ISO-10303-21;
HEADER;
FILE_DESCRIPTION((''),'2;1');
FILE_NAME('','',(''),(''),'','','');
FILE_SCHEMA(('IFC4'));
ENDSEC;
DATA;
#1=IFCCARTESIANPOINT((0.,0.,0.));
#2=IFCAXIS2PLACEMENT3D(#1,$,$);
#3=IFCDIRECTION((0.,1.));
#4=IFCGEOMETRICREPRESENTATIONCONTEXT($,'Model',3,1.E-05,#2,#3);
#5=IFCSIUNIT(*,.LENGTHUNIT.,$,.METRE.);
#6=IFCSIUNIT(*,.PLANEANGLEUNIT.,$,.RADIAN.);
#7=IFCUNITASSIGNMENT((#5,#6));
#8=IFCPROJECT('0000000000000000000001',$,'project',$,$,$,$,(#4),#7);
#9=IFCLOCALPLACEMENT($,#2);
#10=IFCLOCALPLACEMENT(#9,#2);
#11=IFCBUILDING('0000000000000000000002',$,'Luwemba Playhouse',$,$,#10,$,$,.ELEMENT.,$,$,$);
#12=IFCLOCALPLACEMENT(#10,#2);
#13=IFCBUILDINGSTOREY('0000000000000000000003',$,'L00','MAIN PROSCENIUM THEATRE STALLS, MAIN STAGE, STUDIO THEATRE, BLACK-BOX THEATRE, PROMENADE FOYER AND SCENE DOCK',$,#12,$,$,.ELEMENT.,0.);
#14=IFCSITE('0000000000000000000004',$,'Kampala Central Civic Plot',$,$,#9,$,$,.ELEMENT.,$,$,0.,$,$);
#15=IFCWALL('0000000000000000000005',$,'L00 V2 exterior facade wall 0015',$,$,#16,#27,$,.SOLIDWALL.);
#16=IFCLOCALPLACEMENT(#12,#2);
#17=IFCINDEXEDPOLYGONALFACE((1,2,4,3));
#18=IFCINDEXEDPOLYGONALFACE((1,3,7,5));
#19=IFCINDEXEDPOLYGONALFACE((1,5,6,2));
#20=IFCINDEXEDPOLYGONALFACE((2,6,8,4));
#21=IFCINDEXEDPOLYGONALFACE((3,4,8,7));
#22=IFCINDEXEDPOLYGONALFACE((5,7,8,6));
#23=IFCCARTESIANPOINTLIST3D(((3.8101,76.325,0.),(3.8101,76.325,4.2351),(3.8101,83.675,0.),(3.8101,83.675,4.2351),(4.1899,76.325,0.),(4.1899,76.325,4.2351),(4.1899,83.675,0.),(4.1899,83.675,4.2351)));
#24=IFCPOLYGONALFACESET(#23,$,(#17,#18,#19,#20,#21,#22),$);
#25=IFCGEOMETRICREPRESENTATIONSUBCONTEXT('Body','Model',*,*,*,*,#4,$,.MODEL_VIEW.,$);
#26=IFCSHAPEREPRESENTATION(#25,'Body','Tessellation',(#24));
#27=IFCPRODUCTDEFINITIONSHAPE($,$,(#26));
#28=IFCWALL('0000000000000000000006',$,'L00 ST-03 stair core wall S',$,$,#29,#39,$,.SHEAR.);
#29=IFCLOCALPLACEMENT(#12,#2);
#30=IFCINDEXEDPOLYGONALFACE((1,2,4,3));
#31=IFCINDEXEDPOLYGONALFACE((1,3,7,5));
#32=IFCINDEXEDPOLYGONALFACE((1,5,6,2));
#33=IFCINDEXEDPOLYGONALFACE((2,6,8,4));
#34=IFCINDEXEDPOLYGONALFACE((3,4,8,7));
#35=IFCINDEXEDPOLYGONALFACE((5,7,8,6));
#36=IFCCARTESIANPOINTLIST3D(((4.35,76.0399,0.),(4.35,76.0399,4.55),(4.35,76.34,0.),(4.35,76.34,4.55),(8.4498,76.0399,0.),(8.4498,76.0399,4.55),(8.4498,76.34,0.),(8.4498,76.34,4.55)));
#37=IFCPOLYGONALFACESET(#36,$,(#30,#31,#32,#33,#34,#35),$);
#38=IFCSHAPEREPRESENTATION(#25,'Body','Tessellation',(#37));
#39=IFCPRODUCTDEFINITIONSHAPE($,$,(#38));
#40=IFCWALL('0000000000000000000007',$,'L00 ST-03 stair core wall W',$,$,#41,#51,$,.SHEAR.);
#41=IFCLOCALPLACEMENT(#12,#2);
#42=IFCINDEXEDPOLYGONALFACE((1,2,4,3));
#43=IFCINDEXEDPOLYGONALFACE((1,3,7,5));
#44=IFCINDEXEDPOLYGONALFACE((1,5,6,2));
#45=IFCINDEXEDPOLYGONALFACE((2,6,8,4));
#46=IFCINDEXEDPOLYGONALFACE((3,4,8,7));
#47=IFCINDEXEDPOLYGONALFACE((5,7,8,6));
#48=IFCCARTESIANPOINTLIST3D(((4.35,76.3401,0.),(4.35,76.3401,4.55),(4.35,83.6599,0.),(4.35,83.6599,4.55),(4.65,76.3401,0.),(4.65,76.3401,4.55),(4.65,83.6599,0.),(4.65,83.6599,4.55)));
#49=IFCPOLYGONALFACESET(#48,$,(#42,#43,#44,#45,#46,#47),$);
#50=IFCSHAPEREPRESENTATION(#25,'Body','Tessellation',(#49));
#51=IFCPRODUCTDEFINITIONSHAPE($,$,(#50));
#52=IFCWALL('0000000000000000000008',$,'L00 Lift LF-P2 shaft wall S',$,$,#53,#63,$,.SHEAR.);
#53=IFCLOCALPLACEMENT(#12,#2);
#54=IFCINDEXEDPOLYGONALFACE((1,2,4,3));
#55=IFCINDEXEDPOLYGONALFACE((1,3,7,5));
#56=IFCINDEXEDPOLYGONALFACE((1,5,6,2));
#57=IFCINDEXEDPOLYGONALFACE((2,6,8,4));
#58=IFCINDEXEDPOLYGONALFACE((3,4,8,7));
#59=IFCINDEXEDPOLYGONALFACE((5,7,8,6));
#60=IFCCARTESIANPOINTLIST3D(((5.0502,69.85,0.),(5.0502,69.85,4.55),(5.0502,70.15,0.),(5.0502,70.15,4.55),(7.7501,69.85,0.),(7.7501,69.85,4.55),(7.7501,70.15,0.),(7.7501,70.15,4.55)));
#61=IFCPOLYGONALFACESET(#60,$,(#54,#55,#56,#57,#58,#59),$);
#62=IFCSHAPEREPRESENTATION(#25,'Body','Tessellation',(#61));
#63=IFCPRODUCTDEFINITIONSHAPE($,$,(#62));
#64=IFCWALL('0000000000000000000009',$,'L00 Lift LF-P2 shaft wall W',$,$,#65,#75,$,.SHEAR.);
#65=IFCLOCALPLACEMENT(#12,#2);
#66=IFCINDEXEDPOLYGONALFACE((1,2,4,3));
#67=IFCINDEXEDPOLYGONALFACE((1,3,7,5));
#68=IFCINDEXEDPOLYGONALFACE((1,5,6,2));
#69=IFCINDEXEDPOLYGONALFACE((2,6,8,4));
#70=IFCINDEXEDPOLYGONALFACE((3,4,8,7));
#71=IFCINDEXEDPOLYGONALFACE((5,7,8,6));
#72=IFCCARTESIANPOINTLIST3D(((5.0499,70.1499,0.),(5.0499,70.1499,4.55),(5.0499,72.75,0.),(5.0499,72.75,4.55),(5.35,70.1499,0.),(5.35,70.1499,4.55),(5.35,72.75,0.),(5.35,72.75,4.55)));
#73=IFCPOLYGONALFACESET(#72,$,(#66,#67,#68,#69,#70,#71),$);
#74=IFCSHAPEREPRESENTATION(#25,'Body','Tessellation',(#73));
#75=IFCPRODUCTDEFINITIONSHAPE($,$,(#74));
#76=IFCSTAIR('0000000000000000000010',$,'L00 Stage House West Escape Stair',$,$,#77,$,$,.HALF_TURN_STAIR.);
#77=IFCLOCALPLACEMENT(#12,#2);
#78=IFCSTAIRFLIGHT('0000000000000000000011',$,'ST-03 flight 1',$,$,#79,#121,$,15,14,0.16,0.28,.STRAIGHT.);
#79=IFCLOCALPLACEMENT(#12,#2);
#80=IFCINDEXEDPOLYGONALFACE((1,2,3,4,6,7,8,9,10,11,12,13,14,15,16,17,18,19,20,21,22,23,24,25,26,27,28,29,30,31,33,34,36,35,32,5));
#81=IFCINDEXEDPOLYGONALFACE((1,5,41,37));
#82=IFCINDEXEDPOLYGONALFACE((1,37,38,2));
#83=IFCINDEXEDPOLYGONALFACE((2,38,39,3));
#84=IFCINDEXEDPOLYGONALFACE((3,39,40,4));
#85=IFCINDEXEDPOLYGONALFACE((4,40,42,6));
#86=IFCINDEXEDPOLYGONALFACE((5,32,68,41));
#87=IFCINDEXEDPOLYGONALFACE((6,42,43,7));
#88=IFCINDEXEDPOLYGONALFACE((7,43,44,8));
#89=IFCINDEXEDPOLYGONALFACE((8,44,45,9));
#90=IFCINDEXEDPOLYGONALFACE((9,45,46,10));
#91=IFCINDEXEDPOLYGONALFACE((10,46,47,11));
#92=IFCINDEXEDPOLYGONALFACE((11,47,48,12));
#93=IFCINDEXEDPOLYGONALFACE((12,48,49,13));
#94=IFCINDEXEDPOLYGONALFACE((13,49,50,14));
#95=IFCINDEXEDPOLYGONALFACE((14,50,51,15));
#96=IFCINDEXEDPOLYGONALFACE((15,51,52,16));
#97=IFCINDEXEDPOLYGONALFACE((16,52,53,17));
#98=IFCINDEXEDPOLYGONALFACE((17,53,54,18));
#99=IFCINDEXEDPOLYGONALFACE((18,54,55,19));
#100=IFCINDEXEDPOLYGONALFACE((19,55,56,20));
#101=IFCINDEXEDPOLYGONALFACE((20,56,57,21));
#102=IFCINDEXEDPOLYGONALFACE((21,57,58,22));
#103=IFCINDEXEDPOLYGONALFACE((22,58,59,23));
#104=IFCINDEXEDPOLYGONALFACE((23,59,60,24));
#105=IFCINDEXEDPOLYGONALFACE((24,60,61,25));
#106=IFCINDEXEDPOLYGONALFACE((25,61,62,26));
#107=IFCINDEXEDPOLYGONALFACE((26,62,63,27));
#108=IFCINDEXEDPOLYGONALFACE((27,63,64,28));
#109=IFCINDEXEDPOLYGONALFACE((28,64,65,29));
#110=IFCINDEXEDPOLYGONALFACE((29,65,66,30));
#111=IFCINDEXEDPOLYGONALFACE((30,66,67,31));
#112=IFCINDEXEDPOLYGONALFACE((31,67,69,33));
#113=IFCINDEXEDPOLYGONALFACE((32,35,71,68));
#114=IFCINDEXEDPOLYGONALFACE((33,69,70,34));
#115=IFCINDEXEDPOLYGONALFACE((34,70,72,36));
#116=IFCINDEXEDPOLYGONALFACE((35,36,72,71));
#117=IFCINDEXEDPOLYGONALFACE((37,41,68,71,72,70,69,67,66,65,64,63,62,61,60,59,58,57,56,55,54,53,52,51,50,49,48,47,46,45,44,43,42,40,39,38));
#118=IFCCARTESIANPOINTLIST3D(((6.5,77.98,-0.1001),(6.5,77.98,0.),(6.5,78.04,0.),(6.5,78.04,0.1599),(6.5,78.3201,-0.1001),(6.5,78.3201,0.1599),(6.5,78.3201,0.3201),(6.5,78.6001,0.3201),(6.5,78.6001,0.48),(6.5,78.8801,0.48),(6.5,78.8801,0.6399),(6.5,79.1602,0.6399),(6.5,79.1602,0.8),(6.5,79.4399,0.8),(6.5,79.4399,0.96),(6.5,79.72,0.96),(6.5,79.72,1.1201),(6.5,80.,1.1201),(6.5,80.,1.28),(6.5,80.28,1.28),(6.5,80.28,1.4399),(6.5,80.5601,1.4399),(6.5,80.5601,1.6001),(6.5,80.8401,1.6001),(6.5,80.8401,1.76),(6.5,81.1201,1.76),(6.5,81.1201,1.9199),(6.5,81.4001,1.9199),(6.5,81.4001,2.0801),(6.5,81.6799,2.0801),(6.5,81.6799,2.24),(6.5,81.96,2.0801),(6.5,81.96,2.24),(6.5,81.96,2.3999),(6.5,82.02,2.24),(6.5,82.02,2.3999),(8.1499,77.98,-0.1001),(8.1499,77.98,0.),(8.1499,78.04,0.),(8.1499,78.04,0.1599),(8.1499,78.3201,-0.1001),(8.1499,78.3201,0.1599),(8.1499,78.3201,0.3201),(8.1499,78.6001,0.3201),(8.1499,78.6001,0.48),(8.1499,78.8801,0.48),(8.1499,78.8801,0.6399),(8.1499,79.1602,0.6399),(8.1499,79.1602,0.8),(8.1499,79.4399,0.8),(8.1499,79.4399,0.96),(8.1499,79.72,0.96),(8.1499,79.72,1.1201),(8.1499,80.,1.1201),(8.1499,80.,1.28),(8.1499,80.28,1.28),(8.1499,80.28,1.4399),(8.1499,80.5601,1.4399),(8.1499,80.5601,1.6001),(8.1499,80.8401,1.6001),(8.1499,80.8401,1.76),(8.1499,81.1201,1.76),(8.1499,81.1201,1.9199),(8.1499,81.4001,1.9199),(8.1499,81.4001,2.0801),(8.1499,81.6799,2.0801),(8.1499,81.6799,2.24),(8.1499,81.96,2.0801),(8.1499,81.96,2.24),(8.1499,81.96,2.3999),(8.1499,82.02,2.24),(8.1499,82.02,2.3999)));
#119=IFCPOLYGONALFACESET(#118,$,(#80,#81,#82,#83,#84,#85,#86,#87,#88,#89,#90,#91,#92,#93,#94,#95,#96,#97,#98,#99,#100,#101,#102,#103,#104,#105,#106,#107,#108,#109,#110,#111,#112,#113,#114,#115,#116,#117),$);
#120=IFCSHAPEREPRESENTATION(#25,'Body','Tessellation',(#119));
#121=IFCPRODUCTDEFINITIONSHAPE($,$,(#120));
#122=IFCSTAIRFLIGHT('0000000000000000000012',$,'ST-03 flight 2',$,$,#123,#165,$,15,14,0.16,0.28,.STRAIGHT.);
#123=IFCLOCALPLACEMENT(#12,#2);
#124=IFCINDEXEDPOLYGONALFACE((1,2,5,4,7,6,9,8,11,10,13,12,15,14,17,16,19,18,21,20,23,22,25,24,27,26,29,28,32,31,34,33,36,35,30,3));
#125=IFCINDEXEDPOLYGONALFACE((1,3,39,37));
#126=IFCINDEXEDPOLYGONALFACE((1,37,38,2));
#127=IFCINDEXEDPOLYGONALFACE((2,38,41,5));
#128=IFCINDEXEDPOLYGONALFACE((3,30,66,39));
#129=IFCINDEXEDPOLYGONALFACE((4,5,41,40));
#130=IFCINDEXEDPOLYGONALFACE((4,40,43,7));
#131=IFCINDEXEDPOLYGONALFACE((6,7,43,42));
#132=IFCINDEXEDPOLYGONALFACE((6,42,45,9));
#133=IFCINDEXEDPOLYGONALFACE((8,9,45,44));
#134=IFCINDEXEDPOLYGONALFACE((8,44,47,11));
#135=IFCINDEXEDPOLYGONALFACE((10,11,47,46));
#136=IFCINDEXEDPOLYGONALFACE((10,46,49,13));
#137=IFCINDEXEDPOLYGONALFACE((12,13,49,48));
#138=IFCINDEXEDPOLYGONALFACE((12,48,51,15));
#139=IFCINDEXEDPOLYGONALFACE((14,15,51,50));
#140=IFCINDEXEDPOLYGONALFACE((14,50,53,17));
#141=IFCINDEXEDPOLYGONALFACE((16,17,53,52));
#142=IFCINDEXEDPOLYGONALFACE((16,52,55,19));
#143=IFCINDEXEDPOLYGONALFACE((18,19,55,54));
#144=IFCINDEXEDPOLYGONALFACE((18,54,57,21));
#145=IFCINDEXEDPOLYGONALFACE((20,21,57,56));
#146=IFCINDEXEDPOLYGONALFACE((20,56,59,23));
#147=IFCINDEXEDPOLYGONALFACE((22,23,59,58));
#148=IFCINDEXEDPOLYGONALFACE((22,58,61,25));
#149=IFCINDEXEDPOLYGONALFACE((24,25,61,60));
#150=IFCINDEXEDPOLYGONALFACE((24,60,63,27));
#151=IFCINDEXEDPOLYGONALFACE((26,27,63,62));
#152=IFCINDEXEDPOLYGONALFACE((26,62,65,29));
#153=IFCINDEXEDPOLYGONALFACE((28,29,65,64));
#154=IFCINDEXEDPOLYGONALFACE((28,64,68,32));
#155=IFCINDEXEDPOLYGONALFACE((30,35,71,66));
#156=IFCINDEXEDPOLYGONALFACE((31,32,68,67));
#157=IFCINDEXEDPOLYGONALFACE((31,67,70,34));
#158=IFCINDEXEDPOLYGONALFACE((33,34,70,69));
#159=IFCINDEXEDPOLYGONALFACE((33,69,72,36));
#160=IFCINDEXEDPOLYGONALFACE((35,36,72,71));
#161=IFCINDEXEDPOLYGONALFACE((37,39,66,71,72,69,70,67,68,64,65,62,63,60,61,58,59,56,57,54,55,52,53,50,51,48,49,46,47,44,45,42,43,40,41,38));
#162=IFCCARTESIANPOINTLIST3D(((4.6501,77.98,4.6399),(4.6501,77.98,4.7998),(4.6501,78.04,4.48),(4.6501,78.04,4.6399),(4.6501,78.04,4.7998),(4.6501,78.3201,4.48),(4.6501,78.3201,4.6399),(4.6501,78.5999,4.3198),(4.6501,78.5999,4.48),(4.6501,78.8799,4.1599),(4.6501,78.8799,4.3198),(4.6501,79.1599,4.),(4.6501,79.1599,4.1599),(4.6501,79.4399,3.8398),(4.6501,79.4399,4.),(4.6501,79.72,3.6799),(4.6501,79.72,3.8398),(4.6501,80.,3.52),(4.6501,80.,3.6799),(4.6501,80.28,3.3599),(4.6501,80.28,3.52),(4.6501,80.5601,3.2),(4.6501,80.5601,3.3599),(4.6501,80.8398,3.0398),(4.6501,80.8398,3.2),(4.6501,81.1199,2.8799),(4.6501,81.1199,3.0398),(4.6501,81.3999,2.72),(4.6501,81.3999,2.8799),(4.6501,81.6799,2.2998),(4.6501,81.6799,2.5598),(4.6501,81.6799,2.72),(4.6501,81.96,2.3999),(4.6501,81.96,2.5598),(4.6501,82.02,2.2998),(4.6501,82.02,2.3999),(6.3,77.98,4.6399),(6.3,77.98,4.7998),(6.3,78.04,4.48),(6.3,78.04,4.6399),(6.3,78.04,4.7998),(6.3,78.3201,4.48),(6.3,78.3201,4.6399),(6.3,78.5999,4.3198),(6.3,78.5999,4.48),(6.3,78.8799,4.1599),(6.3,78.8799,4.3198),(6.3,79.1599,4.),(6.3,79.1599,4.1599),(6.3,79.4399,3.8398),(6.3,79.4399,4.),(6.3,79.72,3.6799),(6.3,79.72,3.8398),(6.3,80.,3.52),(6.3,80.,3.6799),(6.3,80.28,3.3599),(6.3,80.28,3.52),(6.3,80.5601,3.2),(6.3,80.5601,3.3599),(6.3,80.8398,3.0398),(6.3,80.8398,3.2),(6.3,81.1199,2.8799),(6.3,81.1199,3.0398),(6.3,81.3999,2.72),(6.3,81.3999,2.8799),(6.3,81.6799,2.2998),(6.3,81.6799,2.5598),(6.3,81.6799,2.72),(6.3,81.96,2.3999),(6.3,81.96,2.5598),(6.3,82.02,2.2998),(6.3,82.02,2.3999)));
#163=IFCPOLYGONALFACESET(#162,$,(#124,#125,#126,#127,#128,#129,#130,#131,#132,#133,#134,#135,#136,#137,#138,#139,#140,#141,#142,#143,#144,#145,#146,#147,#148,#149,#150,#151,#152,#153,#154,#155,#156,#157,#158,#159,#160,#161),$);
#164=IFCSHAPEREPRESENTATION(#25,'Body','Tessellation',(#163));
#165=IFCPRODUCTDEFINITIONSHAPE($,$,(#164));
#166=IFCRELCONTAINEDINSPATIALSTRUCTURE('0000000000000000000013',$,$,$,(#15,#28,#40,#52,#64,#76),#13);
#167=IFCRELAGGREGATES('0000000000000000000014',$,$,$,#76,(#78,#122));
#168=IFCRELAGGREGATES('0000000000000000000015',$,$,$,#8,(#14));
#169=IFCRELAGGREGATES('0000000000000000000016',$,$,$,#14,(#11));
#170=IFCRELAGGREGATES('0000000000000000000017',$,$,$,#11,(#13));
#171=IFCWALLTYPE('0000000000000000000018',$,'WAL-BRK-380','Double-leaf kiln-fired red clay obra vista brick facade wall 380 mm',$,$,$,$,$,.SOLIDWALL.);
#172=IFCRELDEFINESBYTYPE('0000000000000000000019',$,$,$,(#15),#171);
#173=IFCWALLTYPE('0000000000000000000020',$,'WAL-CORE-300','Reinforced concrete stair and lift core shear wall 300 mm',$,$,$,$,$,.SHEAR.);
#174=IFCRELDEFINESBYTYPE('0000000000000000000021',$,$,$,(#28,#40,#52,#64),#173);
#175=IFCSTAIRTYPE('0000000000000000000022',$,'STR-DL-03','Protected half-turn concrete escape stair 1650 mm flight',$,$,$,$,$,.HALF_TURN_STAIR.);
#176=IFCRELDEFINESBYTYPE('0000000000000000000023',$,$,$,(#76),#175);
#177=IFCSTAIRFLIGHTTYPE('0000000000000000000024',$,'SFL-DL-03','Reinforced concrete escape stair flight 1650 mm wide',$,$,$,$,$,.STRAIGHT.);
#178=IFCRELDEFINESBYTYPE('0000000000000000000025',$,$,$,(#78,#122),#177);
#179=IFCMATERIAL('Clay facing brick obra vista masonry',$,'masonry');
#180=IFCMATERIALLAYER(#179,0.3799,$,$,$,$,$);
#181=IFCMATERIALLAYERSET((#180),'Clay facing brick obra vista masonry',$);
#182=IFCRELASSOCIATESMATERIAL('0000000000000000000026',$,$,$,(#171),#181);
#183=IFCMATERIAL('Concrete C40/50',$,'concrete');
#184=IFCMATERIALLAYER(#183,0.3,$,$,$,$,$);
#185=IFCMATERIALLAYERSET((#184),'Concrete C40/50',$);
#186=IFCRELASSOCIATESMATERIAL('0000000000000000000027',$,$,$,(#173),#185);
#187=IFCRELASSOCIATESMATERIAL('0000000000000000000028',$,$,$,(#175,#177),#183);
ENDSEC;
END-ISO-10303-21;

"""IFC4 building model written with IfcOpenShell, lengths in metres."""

from ifc_helpers import new_model, si_unit, direction, frame, frame_2d, origin, place, context, subcontext, project, spatial, polyline, rectangle, outline, extrude, material, layer, layer_set, type_object, element, aggregate, save


model = new_model("IFC4")

# Units and contexts
model_context = context("Model", 3, precision=1e-05, world=origin(), true_north=direction((0.0, 1.0)))
body_context = subcontext(model_context, "Body", "Model", "MODEL_VIEW")
ifc_project = project(units=[si_unit("LENGTHUNIT", "METRE"), si_unit("PLANEANGLEUNIT", "RADIAN")], contexts=[model_context])

# Site, building, storey
site_placement = place(None, origin())
site = spatial("IfcSite", under=ifc_project, at=site_placement, Name="Kampala Central Civic Plot", CompositionType="ELEMENT", RefElevation=0.0)
building_placement = place(site_placement, origin())
building = spatial("IfcBuilding", under=site, at=building_placement, Name="Luwemba Playhouse", CompositionType="ELEMENT")
storey_placement = place(building_placement, origin())
storey = spatial("IfcBuildingStorey", under=building, at=storey_placement, Name="L00", Description="MAIN PROSCENIUM THEATRE STALLS, MAIN STAGE, STUDIO THEATRE, BLACK-BOX THEATRE, PROMENADE FOYER AND SCENE DOCK", CompositionType="ELEMENT", Elevation=0.0)

# Shared definitions
ifc_material_1 = material(Name="Concrete C40/50", Category="concrete")

# Walls
ifc_material_2 = material(Name="Clay facing brick obra vista masonry", Category="masonry")
ifc_layer_1 = layer(ifc_material_2, 0.3799)
ifc_layer_set_1 = layer_set([ifc_layer_1], Name="Clay facing brick obra vista masonry")
wall_type_1 = type_object("IfcWallType", Name="WAL-BRK-380", Description="Double-leaf kiln-fired red clay obra vista brick facade wall 380 mm", PredefinedType="SOLIDWALL", material=ifc_layer_set_1)
wall_1_placement = place(storey_placement, frame((4.0, 76.325, 0.0), z_axis=(0.0, 0.0, 1.0), x_axis=(0.0, 1.0, 0.0)))
element("IfcWall", 1, at=wall_1_placement, inside=storey, type_object=wall_type_1, Name="L00 V2 exterior facade wall 0015", PredefinedType="SOLIDWALL", context=body_context, shape_type="SweptSolid", body=[
    extrude(rectangle(XDim=7.3501, YDim=0.3799, at=frame_2d((3.675, 0.0))), origin(), (0.0, 0.0, 1.0), 4.2351),
])
ifc_layer_2 = layer(ifc_material_1, 0.3)
ifc_layer_set_2 = layer_set([ifc_layer_2], Name="Concrete C40/50")
wall_type_2 = type_object("IfcWallType", Name="WAL-CORE-300", Description="Reinforced concrete stair and lift core shear wall 300 mm", PredefinedType="SHEAR", material=ifc_layer_set_2)
wall_2_placement = place(storey_placement, frame((4.3501, 76.1899, 0.0), z_axis=(0.0, 0.0, 1.0), x_axis=(1.0, 0.0, 0.0)))
element("IfcWall", 2, at=wall_2_placement, inside=storey, type_object=wall_type_2, Name="L00 ST-03 stair core wall S", PredefinedType="SHEAR", context=body_context, shape_type="SweptSolid", body=[
    extrude(rectangle(XDim=4.0999, YDim=0.3, at=frame_2d((2.0498, 0.0))), origin(), (0.0, 0.0, 1.0), 4.55),
])
wall_3_placement = place(storey_placement, frame((4.5, 76.3401, 0.0), z_axis=(0.0, 0.0, 1.0), x_axis=(0.0, 1.0, 0.0)))
element("IfcWall", 3, at=wall_3_placement, inside=storey, type_object=wall_type_2, Name="L00 ST-03 stair core wall W", PredefinedType="SHEAR", context=body_context, shape_type="SweptSolid", body=[
    extrude(rectangle(XDim=7.3198, YDim=0.3, at=frame_2d((3.6599, 0.0))), origin(), (0.0, 0.0, 1.0), 4.55),
])
wall_4_placement = place(storey_placement, frame((5.05, 70.0, 0.0), z_axis=(0.0, 0.0, 1.0), x_axis=(1.0, 0.0, 0.0)))
element("IfcWall", 4, at=wall_4_placement, inside=storey, type_object=wall_type_2, Name="L00 Lift LF-P2 shaft wall S", PredefinedType="SHEAR", context=body_context, shape_type="SweptSolid", body=[
    extrude(rectangle(XDim=2.7, YDim=0.3, at=frame_2d((1.3501, 0.0))), origin(), (0.0, 0.0, 1.0), 4.55),
])
wall_5_placement = place(storey_placement, frame((5.2, 70.1499, 0.0), z_axis=(0.0, 0.0, 1.0), x_axis=(0.0, 1.0, 0.0)))
element("IfcWall", 5, at=wall_5_placement, inside=storey, type_object=wall_type_2, Name="L00 Lift LF-P2 shaft wall W", PredefinedType="SHEAR", context=body_context, shape_type="SweptSolid", body=[
    extrude(rectangle(XDim=2.6001, YDim=0.3, at=frame_2d((1.3, 0.0))), origin(), (0.0, 0.0, 1.0), 4.55),
])

# Stair, stair flights
stair_type = type_object("IfcStairType", Name="STR-DL-03", Description="Protected half-turn concrete escape stair 1650 mm flight", PredefinedType="HALF_TURN_STAIR", material=ifc_material_1)
stair_placement = place(storey_placement, origin())
stair = element("IfcStair", 6, at=stair_placement, inside=storey, type_object=stair_type, Name="L00 Stage House West Escape Stair", PredefinedType="HALF_TURN_STAIR")
stair_flight_type = type_object("IfcStairFlightType", Name="SFL-DL-03", Description="Reinforced concrete escape stair flight 1650 mm wide", PredefinedType="STRAIGHT", material=ifc_material_1)
stair_flight_1_placement = place(storey_placement, frame((7.325, 78.04, 0.0), z_axis=(0.0, 0.0, 1.0), x_axis=(0.0, 1.0, 0.0)))
stair_flight_1 = element("IfcStairFlight", 7, at=stair_flight_1_placement, type_object=stair_flight_type, Name="ST-03 flight 1", NumberOfRisers=15, NumberOfTreads=14, PredefinedType="STRAIGHT", RiserHeight=0.16, TreadLength=0.28, context=body_context, shape_type="SweptSolid", body=[
    extrude(outline(polyline([(-0.0601, -0.1001), (-0.0601, 0.0), (0.0, 0.0), (0.0, 0.1599), (0.28, 0.1599), (0.28, 0.3201), (0.5601, 0.3201), (0.5601, 0.48), (0.8401, 0.48), (0.8401, 0.6399), (1.1201, 0.6399), (1.1201, 0.8), (1.3999, 0.8), (1.3999, 0.96), (1.6799, 0.96), (1.6799, 1.1201), (1.96, 1.1201), (1.96, 1.28), (2.24, 1.28), (2.24, 1.4399), (2.52, 1.4399), (2.52, 1.6001), (2.8, 1.6001), (2.8, 1.76), (3.0801, 1.76), (3.0801, 1.9199), (3.3601, 1.9199), (3.3601, 2.0801), (3.6399, 2.0801), (3.6399, 2.24), (3.9199, 2.24), (3.9199, 2.3999), (3.98, 2.3999), (3.98, 2.24), (3.9199, 2.0801), (0.28, -0.1001), (-0.0601, -0.1001)])), frame((0.0, 0.825, 0.0), z_axis=(0.0, -1.0, 0.0), x_axis=(1.0, 0.0, 0.0)), (0.0, 0.0, 1.0), 1.6499),
])
stair_flight_2_placement = place(storey_placement, frame((5.4751, 81.96, 2.3999), z_axis=(0.0, 0.0, 1.0), x_axis=(0.0, -1.0, 0.0)))
stair_flight_2 = element("IfcStairFlight", 8, at=stair_flight_2_placement, type_object=stair_flight_type, Name="ST-03 flight 2", NumberOfRisers=15, NumberOfTreads=14, PredefinedType="STRAIGHT", RiserHeight=0.16, TreadLength=0.28, context=body_context, shape_type="SweptSolid", body=[
    extrude(outline(polyline([(-0.0601, -0.1001), (-0.0601, 0.0), (0.0, 0.0), (0.0, 0.1599), (0.28, 0.1599), (0.28, 0.3201), (0.5601, 0.3201), (0.5601, 0.48), (0.8401, 0.48), (0.8401, 0.6399), (1.1201, 0.6399), (1.1201, 0.8), (1.3999, 0.8), (1.3999, 0.96), (1.6799, 0.96), (1.6799, 1.1201), (1.96, 1.1201), (1.96, 1.28), (2.24, 1.28), (2.24, 1.4399), (2.52, 1.4399), (2.52, 1.6001), (2.8, 1.6001), (2.8, 1.76), (3.0801, 1.76), (3.0801, 1.9199), (3.3601, 1.9199), (3.3601, 2.0801), (3.6399, 2.0801), (3.6399, 2.24), (3.9199, 2.24), (3.9199, 2.3999), (3.98, 2.3999), (3.98, 2.24), (3.9199, 2.0801), (0.28, -0.1001), (-0.0601, -0.1001)])), frame((0.0, 0.825, 0.0), z_axis=(0.0, -1.0, 0.0), x_axis=(1.0, 0.0, 0.0)), (0.0, 0.0, 1.0), 1.6499),
])
aggregate(stair, [stair_flight_1, stair_flight_2])

save(model, "model.ifc")
